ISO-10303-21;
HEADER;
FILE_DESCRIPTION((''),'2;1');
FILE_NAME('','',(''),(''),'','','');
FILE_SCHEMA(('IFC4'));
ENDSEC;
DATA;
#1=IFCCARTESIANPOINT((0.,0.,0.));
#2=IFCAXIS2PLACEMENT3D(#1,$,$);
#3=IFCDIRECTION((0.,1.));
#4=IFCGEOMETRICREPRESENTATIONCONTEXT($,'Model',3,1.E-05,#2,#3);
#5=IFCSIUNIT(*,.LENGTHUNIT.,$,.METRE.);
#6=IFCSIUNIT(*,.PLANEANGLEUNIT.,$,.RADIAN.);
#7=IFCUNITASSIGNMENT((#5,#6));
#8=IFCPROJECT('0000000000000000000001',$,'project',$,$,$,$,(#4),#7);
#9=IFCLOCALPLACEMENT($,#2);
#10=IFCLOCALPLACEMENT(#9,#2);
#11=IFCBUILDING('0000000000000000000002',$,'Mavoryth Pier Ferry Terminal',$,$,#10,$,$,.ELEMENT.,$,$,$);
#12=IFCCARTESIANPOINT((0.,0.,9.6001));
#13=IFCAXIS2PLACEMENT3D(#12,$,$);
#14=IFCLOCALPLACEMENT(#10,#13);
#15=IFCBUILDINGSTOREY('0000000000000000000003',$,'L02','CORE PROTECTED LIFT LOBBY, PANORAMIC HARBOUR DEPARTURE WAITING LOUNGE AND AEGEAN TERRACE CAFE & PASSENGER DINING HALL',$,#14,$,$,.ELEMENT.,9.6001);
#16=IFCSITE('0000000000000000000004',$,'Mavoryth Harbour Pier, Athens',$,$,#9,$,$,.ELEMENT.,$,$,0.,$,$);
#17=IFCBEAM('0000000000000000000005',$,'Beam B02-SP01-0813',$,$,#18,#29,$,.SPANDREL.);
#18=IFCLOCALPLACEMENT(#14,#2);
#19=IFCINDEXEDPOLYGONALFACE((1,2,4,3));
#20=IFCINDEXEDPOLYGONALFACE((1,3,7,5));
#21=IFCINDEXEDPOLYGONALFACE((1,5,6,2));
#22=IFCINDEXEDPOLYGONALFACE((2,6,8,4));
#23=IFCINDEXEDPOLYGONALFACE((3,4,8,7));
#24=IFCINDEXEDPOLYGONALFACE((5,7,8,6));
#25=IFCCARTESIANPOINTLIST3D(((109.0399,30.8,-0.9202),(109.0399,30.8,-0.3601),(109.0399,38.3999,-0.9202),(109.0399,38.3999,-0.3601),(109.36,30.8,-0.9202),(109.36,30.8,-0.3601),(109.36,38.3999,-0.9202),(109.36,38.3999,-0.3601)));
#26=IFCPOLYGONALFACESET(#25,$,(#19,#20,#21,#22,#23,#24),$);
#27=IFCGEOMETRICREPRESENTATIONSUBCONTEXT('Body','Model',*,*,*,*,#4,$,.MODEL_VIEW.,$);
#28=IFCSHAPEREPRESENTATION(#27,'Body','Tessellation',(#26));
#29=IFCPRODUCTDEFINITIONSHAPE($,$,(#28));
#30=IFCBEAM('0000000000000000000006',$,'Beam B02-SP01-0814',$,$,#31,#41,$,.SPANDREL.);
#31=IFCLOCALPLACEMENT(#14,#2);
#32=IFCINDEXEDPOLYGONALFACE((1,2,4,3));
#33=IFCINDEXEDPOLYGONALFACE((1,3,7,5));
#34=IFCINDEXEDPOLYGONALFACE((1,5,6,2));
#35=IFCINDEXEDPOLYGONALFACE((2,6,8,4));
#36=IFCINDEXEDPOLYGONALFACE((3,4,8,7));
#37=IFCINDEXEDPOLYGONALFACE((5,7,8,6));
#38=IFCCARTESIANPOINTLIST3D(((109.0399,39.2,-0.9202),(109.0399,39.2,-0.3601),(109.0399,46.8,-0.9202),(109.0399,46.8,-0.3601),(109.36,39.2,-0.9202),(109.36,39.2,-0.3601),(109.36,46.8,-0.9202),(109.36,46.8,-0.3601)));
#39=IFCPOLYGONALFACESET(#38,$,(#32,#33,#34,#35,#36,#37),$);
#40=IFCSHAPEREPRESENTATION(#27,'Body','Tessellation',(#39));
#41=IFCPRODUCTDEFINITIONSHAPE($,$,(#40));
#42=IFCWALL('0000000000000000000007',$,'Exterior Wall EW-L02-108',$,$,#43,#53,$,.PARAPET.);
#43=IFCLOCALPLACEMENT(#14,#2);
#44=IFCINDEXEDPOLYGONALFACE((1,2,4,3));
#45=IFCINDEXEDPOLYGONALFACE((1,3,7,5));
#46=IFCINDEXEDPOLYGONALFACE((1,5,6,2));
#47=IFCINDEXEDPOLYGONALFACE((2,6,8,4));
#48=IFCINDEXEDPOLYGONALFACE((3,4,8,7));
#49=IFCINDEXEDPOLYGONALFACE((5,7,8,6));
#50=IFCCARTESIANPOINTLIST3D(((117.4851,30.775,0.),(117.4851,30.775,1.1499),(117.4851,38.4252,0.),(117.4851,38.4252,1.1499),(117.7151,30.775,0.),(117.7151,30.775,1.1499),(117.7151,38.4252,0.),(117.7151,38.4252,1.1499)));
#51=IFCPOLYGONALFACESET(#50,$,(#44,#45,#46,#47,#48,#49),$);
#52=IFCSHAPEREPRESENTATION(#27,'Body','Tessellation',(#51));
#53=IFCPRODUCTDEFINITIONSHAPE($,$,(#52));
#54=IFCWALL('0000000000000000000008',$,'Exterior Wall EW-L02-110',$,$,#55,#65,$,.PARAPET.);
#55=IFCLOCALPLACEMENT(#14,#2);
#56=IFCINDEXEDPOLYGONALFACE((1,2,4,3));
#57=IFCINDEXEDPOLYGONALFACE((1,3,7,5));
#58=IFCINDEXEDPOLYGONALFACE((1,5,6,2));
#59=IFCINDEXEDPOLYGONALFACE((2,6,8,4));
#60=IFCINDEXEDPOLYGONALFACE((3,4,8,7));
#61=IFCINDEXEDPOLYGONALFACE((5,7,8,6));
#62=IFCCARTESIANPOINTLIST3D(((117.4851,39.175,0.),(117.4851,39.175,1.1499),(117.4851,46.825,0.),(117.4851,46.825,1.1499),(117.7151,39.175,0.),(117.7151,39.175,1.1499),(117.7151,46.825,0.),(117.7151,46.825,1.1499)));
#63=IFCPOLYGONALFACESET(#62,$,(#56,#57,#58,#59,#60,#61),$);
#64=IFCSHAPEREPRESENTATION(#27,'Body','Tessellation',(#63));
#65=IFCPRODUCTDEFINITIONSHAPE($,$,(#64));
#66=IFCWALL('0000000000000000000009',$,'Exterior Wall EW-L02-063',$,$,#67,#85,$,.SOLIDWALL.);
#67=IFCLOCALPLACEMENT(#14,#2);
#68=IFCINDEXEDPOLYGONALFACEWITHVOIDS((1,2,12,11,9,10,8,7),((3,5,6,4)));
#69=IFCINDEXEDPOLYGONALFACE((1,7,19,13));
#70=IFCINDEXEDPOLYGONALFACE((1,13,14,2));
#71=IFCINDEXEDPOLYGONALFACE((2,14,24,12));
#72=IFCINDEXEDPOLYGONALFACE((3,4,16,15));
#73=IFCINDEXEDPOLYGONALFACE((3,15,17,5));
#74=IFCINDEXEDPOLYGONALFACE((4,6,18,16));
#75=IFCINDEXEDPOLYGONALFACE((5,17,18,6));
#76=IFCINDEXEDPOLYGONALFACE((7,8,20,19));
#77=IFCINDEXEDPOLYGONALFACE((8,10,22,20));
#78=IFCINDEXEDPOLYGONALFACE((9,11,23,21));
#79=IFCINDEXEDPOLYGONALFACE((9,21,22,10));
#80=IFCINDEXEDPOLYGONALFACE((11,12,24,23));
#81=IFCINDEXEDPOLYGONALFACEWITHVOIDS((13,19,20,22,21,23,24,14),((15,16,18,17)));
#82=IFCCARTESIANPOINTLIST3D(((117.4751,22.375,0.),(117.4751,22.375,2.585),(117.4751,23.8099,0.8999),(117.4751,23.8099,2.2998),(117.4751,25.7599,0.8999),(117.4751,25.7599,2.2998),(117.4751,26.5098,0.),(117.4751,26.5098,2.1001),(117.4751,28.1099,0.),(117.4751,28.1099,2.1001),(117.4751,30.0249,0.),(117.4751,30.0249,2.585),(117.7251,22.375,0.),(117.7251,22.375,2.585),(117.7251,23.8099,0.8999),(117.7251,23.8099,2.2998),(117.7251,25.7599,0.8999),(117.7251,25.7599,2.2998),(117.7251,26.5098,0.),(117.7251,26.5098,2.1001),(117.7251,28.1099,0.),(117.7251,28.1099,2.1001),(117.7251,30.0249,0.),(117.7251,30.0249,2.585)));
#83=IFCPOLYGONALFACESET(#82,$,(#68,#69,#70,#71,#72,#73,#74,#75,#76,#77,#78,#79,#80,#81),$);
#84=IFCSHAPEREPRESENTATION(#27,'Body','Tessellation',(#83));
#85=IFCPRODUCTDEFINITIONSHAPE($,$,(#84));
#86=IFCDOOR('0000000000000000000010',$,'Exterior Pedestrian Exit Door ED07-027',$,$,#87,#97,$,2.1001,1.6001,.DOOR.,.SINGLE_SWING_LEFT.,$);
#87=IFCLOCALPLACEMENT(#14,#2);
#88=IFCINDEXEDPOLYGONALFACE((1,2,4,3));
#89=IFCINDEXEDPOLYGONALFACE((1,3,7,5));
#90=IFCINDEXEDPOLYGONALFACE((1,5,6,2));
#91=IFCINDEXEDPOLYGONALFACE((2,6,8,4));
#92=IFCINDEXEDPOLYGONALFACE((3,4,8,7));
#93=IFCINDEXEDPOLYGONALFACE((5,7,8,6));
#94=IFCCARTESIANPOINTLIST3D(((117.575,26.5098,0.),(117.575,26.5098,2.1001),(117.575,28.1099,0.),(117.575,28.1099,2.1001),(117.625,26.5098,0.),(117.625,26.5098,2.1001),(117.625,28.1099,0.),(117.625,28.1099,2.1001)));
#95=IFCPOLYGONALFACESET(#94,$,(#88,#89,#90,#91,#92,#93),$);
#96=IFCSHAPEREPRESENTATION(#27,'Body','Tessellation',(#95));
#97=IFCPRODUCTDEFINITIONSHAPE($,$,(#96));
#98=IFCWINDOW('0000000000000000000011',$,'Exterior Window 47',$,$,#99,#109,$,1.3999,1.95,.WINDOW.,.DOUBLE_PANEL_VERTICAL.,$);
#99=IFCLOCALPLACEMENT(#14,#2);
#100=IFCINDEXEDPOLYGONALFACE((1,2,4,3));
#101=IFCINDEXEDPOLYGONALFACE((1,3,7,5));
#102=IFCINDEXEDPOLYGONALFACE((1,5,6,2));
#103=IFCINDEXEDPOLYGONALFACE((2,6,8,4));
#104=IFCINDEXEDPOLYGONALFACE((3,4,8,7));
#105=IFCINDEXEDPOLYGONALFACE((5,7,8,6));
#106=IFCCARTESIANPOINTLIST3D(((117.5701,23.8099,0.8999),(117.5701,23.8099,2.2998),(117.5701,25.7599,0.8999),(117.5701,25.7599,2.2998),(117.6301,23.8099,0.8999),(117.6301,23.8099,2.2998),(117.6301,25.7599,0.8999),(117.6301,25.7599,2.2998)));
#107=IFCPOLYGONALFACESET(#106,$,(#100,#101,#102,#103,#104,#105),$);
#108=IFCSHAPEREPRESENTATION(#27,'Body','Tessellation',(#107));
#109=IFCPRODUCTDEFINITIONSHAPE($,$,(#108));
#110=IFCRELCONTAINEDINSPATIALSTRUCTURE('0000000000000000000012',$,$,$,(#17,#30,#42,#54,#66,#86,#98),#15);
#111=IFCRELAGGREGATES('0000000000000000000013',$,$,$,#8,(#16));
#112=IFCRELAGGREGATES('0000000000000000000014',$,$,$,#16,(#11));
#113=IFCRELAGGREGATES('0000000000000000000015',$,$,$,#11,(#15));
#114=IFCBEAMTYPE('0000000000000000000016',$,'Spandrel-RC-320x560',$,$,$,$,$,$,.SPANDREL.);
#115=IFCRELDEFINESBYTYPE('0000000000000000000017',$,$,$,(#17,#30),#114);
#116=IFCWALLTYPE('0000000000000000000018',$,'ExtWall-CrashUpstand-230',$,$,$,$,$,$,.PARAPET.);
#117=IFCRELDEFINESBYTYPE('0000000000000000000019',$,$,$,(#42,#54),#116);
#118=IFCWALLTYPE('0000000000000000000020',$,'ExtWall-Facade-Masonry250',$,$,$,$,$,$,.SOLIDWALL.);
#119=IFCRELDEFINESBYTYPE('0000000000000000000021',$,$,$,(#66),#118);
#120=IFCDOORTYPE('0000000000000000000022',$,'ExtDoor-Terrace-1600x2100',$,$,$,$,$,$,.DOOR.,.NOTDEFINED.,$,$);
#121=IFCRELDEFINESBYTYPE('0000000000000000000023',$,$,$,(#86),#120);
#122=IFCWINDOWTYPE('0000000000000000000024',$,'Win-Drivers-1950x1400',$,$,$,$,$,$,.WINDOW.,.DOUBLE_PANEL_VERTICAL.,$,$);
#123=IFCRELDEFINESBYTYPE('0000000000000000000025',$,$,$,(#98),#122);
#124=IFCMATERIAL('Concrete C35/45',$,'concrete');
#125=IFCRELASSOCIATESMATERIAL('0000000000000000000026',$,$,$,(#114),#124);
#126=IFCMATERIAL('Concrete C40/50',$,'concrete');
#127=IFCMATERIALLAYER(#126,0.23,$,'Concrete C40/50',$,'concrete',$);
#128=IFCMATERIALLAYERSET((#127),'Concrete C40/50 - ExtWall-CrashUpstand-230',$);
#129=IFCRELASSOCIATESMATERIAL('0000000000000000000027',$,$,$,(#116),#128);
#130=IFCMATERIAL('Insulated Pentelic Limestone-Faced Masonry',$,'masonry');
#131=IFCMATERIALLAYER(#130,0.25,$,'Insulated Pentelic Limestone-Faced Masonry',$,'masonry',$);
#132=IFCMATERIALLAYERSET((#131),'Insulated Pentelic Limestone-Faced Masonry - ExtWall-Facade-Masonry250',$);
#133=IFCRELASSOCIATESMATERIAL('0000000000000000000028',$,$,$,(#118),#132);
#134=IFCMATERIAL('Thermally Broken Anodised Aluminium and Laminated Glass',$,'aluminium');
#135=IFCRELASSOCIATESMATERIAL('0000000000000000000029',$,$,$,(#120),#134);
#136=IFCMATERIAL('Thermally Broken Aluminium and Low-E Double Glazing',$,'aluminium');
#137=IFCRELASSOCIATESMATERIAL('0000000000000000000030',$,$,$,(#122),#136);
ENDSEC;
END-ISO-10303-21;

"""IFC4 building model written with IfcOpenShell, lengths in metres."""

from ifc_helpers import new_model, si_unit, direction, frame, frame_2d, origin, origin_2d, place, context, subcontext, project, spatial, rectangle, extrude, material, layer, layer_set, material_profile, profile_set, type_object, element, fill, save


model = new_model("IFC4")

# Units and contexts
model_context = context("Model", 3, precision=1e-05, world=origin(), true_north=direction((0.0, 1.0)))
body_context = subcontext(model_context, "Body", "Model", "MODEL_VIEW")
ifc_project = project(units=[si_unit("LENGTHUNIT", "METRE"), si_unit("PLANEANGLEUNIT", "RADIAN")], contexts=[model_context])

# Site, building, storey
site_placement = place(None, origin())
site = spatial("IfcSite", under=ifc_project, at=site_placement, Name="Mavoryth Harbour Pier, Athens", CompositionType="ELEMENT", RefElevation=0.0)
building_placement = place(site_placement, origin())
building = spatial("IfcBuilding", under=site, at=building_placement, Name="Mavoryth Pier Ferry Terminal", CompositionType="ELEMENT")
storey_placement = place(building_placement, frame((0.0, 0.0, 9.6001)))
storey = spatial("IfcBuildingStorey", under=building, at=storey_placement, Name="L02", Description="CORE PROTECTED LIFT LOBBY, PANORAMIC HARBOUR DEPARTURE WAITING LOUNGE AND AEGEAN TERRACE CAFE & PASSENGER DINING HALL", CompositionType="ELEMENT", Elevation=9.6001)

# Shared definitions
ifc_material_1 = material(Name="Concrete C40/50", Category="concrete")

# Beams
ifc_material_2 = material(Name="Concrete C35/45", Category="concrete")
ifc_material_profile_1 = material_profile(ifc_material_2, rectangle(XDim=0.3201, YDim=0.5601, at=origin_2d()), Name="RC 320x560", Category="concrete")
ifc_profile_set_1 = profile_set([ifc_material_profile_1], Name="Concrete C35/45 - RC 320x560")
beam_type_1 = type_object("IfcBeamType", Name="Spandrel-RC-320x560", PredefinedType="SPANDREL", material=ifc_profile_set_1)
beam_1_placement = place(storey_placement, frame((109.2, 30.8, -0.6401), z_axis=(0.0, 1.0, 0.0), x_axis=(-1.0, 0.0, 0.0)))
element("IfcBeam", 1, at=beam_1_placement, inside=storey, type_object=beam_type_1, Name="Beam B02-SP01-0813", PredefinedType="SPANDREL", context=body_context, shape_type="SweptSolid", body=[
    extrude(rectangle(XDim=0.3201, YDim=0.5601, at=origin_2d()), origin(), (0.0, 0.0, 1.0), 7.5999),
])
beam_2_placement = place(storey_placement, frame((109.2, 39.2, -0.6401), z_axis=(0.0, 1.0, 0.0), x_axis=(-1.0, 0.0, 0.0)))
element("IfcBeam", 2, at=beam_2_placement, inside=storey, type_object=beam_type_1, Name="Beam B02-SP01-0814", PredefinedType="SPANDREL", context=body_context, shape_type="SweptSolid", body=[
    extrude(rectangle(XDim=0.3201, YDim=0.5601, at=origin_2d()), origin(), (0.0, 0.0, 1.0), 7.6001),
])

# Walls
ifc_layer_1 = layer(ifc_material_1, 0.23, Name="Concrete C40/50", Category="concrete")
ifc_layer_set_1 = layer_set([ifc_layer_1], Name="Concrete C40/50 - ExtWall-CrashUpstand-230")
wall_type_1 = type_object("IfcWallType", Name="ExtWall-CrashUpstand-230", PredefinedType="PARAPET", material=ifc_layer_set_1)
wall_1_placement = place(storey_placement, frame((117.6001, 30.7749, 0.0), z_axis=(0.0, 0.0, 1.0), x_axis=(0.0, 1.0, 0.0)))
element("IfcWall", 3, at=wall_1_placement, inside=storey, type_object=wall_type_1, Name="Exterior Wall EW-L02-108", PredefinedType="PARAPET", context=body_context, shape_type="SweptSolid", body=[
    extrude(rectangle(XDim=7.6501, YDim=0.23, at=frame_2d((3.8252, 0.0))), origin(), (0.0, 0.0, 1.0), 1.1499),
])
wall_2_placement = place(storey_placement, frame((117.6001, 39.175, 0.0), z_axis=(0.0, 0.0, 1.0), x_axis=(0.0, 1.0, 0.0)))
element("IfcWall", 4, at=wall_2_placement, inside=storey, type_object=wall_type_1, Name="Exterior Wall EW-L02-110", PredefinedType="PARAPET", context=body_context, shape_type="SweptSolid", body=[
    extrude(rectangle(XDim=7.6499, YDim=0.23, at=frame_2d((3.825, 0.0))), origin(), (0.0, 0.0, 1.0), 1.1499),
])

# Wall, openings, door, window
ifc_material_3 = material(Name="Insulated Pentelic Limestone-Faced Masonry", Category="masonry")
ifc_layer_2 = layer(ifc_material_3, 0.25, Name="Insulated Pentelic Limestone-Faced Masonry", Category="masonry")
ifc_layer_set_2 = layer_set([ifc_layer_2], Name="Insulated Pentelic Limestone-Faced Masonry - ExtWall-Facade-Masonry250")
wall_type_2 = type_object("IfcWallType", Name="ExtWall-Facade-Masonry250", PredefinedType="SOLIDWALL", material=ifc_layer_set_2)
wall_3_placement = place(storey_placement, frame((117.6001, 30.0249, 0.0), z_axis=(0.0, 0.0, 1.0), x_axis=(0.0, -1.0, 0.0)))
wall_3 = element("IfcWall", 5, at=wall_3_placement, inside=storey, type_object=wall_type_2, Name="Exterior Wall EW-L02-063", PredefinedType="SOLIDWALL", context=body_context, shape_type="SweptSolid", body=[
    extrude(rectangle(XDim=7.6499, YDim=0.25, at=frame_2d((3.825, 0.0))), origin(), (0.0, 0.0, 1.0), 2.585),
])
opening_1_placement = place(wall_3_placement, frame((1.915, 0.0, 0.0)))
opening_1 = element("IfcOpeningElement", 6, at=opening_1_placement, cuts=wall_3, PredefinedType="OPENING", context=body_context, shape_type="SweptSolid", body=[
    extrude(rectangle(XDim=1.6001, YDim=2.1001, at=frame_2d((0.8, 1.05))), frame((0.0, 0.135, 0.0), z_axis=(0.0, -1.0, 0.0), x_axis=(1.0, 0.0, 0.0)), (0.0, 0.0, 1.0), 0.27),
])
opening_2_placement = place(wall_3_placement, frame((4.2649, 0.0, 0.8999)))
opening_2 = element("IfcOpeningElement", 7, at=opening_2_placement, cuts=wall_3, PredefinedType="OPENING", context=body_context, shape_type="SweptSolid", body=[
    extrude(rectangle(XDim=1.95, YDim=1.3999, at=frame_2d((0.9751, 0.7))), frame((0.0, 0.135, 0.0), z_axis=(0.0, -1.0, 0.0), x_axis=(1.0, 0.0, 0.0)), (0.0, 0.0, 1.0), 0.27),
])
ifc_material_4 = material(Name="Thermally Broken Anodised Aluminium and Laminated Glass", Category="aluminium")
door_type = type_object("IfcDoorType", Name="ExtDoor-Terrace-1600x2100", OperationType="NOTDEFINED", PredefinedType="DOOR", material=ifc_material_4)
door_placement = place(opening_1_placement, origin())
door = element("IfcDoor", 8, at=door_placement, inside=storey, type_object=door_type, Name="Exterior Pedestrian Exit Door ED07-027", OperationType="SINGLE_SWING_LEFT", OverallHeight=2.1001, OverallWidth=1.6001, PredefinedType="DOOR", context=body_context, shape_type="SweptSolid", body=[
    extrude(rectangle(XDim=1.6001, YDim=2.1001, at=frame_2d((0.8, 1.05))), frame((0.0, 0.0249, 0.0), z_axis=(0.0, -1.0, 0.0), x_axis=(1.0, 0.0, 0.0)), (0.0, 0.0, 1.0), 0.05),
])
fill(opening_1, door)
ifc_material_5 = material(Name="Thermally Broken Aluminium and Low-E Double Glazing", Category="aluminium")
window_type = type_object("IfcWindowType", Name="Win-Drivers-1950x1400", PartitioningType="DOUBLE_PANEL_VERTICAL", PredefinedType="WINDOW", material=ifc_material_5)
window_placement = place(opening_2_placement, origin())
window = element("IfcWindow", 9, at=window_placement, inside=storey, type_object=window_type, Name="Exterior Window 47", OverallHeight=1.3999, OverallWidth=1.95, PartitioningType="DOUBLE_PANEL_VERTICAL", PredefinedType="WINDOW", context=body_context, shape_type="SweptSolid", body=[
    extrude(rectangle(XDim=1.95, YDim=1.3999, at=frame_2d((0.9751, 0.7))), frame((0.0, 0.03, 0.0), z_axis=(0.0, -1.0, 0.0), x_axis=(1.0, 0.0, 0.0)), (0.0, 0.0, 1.0), 0.0601),
])
fill(opening_2, window)

save(model, "model.ifc")
